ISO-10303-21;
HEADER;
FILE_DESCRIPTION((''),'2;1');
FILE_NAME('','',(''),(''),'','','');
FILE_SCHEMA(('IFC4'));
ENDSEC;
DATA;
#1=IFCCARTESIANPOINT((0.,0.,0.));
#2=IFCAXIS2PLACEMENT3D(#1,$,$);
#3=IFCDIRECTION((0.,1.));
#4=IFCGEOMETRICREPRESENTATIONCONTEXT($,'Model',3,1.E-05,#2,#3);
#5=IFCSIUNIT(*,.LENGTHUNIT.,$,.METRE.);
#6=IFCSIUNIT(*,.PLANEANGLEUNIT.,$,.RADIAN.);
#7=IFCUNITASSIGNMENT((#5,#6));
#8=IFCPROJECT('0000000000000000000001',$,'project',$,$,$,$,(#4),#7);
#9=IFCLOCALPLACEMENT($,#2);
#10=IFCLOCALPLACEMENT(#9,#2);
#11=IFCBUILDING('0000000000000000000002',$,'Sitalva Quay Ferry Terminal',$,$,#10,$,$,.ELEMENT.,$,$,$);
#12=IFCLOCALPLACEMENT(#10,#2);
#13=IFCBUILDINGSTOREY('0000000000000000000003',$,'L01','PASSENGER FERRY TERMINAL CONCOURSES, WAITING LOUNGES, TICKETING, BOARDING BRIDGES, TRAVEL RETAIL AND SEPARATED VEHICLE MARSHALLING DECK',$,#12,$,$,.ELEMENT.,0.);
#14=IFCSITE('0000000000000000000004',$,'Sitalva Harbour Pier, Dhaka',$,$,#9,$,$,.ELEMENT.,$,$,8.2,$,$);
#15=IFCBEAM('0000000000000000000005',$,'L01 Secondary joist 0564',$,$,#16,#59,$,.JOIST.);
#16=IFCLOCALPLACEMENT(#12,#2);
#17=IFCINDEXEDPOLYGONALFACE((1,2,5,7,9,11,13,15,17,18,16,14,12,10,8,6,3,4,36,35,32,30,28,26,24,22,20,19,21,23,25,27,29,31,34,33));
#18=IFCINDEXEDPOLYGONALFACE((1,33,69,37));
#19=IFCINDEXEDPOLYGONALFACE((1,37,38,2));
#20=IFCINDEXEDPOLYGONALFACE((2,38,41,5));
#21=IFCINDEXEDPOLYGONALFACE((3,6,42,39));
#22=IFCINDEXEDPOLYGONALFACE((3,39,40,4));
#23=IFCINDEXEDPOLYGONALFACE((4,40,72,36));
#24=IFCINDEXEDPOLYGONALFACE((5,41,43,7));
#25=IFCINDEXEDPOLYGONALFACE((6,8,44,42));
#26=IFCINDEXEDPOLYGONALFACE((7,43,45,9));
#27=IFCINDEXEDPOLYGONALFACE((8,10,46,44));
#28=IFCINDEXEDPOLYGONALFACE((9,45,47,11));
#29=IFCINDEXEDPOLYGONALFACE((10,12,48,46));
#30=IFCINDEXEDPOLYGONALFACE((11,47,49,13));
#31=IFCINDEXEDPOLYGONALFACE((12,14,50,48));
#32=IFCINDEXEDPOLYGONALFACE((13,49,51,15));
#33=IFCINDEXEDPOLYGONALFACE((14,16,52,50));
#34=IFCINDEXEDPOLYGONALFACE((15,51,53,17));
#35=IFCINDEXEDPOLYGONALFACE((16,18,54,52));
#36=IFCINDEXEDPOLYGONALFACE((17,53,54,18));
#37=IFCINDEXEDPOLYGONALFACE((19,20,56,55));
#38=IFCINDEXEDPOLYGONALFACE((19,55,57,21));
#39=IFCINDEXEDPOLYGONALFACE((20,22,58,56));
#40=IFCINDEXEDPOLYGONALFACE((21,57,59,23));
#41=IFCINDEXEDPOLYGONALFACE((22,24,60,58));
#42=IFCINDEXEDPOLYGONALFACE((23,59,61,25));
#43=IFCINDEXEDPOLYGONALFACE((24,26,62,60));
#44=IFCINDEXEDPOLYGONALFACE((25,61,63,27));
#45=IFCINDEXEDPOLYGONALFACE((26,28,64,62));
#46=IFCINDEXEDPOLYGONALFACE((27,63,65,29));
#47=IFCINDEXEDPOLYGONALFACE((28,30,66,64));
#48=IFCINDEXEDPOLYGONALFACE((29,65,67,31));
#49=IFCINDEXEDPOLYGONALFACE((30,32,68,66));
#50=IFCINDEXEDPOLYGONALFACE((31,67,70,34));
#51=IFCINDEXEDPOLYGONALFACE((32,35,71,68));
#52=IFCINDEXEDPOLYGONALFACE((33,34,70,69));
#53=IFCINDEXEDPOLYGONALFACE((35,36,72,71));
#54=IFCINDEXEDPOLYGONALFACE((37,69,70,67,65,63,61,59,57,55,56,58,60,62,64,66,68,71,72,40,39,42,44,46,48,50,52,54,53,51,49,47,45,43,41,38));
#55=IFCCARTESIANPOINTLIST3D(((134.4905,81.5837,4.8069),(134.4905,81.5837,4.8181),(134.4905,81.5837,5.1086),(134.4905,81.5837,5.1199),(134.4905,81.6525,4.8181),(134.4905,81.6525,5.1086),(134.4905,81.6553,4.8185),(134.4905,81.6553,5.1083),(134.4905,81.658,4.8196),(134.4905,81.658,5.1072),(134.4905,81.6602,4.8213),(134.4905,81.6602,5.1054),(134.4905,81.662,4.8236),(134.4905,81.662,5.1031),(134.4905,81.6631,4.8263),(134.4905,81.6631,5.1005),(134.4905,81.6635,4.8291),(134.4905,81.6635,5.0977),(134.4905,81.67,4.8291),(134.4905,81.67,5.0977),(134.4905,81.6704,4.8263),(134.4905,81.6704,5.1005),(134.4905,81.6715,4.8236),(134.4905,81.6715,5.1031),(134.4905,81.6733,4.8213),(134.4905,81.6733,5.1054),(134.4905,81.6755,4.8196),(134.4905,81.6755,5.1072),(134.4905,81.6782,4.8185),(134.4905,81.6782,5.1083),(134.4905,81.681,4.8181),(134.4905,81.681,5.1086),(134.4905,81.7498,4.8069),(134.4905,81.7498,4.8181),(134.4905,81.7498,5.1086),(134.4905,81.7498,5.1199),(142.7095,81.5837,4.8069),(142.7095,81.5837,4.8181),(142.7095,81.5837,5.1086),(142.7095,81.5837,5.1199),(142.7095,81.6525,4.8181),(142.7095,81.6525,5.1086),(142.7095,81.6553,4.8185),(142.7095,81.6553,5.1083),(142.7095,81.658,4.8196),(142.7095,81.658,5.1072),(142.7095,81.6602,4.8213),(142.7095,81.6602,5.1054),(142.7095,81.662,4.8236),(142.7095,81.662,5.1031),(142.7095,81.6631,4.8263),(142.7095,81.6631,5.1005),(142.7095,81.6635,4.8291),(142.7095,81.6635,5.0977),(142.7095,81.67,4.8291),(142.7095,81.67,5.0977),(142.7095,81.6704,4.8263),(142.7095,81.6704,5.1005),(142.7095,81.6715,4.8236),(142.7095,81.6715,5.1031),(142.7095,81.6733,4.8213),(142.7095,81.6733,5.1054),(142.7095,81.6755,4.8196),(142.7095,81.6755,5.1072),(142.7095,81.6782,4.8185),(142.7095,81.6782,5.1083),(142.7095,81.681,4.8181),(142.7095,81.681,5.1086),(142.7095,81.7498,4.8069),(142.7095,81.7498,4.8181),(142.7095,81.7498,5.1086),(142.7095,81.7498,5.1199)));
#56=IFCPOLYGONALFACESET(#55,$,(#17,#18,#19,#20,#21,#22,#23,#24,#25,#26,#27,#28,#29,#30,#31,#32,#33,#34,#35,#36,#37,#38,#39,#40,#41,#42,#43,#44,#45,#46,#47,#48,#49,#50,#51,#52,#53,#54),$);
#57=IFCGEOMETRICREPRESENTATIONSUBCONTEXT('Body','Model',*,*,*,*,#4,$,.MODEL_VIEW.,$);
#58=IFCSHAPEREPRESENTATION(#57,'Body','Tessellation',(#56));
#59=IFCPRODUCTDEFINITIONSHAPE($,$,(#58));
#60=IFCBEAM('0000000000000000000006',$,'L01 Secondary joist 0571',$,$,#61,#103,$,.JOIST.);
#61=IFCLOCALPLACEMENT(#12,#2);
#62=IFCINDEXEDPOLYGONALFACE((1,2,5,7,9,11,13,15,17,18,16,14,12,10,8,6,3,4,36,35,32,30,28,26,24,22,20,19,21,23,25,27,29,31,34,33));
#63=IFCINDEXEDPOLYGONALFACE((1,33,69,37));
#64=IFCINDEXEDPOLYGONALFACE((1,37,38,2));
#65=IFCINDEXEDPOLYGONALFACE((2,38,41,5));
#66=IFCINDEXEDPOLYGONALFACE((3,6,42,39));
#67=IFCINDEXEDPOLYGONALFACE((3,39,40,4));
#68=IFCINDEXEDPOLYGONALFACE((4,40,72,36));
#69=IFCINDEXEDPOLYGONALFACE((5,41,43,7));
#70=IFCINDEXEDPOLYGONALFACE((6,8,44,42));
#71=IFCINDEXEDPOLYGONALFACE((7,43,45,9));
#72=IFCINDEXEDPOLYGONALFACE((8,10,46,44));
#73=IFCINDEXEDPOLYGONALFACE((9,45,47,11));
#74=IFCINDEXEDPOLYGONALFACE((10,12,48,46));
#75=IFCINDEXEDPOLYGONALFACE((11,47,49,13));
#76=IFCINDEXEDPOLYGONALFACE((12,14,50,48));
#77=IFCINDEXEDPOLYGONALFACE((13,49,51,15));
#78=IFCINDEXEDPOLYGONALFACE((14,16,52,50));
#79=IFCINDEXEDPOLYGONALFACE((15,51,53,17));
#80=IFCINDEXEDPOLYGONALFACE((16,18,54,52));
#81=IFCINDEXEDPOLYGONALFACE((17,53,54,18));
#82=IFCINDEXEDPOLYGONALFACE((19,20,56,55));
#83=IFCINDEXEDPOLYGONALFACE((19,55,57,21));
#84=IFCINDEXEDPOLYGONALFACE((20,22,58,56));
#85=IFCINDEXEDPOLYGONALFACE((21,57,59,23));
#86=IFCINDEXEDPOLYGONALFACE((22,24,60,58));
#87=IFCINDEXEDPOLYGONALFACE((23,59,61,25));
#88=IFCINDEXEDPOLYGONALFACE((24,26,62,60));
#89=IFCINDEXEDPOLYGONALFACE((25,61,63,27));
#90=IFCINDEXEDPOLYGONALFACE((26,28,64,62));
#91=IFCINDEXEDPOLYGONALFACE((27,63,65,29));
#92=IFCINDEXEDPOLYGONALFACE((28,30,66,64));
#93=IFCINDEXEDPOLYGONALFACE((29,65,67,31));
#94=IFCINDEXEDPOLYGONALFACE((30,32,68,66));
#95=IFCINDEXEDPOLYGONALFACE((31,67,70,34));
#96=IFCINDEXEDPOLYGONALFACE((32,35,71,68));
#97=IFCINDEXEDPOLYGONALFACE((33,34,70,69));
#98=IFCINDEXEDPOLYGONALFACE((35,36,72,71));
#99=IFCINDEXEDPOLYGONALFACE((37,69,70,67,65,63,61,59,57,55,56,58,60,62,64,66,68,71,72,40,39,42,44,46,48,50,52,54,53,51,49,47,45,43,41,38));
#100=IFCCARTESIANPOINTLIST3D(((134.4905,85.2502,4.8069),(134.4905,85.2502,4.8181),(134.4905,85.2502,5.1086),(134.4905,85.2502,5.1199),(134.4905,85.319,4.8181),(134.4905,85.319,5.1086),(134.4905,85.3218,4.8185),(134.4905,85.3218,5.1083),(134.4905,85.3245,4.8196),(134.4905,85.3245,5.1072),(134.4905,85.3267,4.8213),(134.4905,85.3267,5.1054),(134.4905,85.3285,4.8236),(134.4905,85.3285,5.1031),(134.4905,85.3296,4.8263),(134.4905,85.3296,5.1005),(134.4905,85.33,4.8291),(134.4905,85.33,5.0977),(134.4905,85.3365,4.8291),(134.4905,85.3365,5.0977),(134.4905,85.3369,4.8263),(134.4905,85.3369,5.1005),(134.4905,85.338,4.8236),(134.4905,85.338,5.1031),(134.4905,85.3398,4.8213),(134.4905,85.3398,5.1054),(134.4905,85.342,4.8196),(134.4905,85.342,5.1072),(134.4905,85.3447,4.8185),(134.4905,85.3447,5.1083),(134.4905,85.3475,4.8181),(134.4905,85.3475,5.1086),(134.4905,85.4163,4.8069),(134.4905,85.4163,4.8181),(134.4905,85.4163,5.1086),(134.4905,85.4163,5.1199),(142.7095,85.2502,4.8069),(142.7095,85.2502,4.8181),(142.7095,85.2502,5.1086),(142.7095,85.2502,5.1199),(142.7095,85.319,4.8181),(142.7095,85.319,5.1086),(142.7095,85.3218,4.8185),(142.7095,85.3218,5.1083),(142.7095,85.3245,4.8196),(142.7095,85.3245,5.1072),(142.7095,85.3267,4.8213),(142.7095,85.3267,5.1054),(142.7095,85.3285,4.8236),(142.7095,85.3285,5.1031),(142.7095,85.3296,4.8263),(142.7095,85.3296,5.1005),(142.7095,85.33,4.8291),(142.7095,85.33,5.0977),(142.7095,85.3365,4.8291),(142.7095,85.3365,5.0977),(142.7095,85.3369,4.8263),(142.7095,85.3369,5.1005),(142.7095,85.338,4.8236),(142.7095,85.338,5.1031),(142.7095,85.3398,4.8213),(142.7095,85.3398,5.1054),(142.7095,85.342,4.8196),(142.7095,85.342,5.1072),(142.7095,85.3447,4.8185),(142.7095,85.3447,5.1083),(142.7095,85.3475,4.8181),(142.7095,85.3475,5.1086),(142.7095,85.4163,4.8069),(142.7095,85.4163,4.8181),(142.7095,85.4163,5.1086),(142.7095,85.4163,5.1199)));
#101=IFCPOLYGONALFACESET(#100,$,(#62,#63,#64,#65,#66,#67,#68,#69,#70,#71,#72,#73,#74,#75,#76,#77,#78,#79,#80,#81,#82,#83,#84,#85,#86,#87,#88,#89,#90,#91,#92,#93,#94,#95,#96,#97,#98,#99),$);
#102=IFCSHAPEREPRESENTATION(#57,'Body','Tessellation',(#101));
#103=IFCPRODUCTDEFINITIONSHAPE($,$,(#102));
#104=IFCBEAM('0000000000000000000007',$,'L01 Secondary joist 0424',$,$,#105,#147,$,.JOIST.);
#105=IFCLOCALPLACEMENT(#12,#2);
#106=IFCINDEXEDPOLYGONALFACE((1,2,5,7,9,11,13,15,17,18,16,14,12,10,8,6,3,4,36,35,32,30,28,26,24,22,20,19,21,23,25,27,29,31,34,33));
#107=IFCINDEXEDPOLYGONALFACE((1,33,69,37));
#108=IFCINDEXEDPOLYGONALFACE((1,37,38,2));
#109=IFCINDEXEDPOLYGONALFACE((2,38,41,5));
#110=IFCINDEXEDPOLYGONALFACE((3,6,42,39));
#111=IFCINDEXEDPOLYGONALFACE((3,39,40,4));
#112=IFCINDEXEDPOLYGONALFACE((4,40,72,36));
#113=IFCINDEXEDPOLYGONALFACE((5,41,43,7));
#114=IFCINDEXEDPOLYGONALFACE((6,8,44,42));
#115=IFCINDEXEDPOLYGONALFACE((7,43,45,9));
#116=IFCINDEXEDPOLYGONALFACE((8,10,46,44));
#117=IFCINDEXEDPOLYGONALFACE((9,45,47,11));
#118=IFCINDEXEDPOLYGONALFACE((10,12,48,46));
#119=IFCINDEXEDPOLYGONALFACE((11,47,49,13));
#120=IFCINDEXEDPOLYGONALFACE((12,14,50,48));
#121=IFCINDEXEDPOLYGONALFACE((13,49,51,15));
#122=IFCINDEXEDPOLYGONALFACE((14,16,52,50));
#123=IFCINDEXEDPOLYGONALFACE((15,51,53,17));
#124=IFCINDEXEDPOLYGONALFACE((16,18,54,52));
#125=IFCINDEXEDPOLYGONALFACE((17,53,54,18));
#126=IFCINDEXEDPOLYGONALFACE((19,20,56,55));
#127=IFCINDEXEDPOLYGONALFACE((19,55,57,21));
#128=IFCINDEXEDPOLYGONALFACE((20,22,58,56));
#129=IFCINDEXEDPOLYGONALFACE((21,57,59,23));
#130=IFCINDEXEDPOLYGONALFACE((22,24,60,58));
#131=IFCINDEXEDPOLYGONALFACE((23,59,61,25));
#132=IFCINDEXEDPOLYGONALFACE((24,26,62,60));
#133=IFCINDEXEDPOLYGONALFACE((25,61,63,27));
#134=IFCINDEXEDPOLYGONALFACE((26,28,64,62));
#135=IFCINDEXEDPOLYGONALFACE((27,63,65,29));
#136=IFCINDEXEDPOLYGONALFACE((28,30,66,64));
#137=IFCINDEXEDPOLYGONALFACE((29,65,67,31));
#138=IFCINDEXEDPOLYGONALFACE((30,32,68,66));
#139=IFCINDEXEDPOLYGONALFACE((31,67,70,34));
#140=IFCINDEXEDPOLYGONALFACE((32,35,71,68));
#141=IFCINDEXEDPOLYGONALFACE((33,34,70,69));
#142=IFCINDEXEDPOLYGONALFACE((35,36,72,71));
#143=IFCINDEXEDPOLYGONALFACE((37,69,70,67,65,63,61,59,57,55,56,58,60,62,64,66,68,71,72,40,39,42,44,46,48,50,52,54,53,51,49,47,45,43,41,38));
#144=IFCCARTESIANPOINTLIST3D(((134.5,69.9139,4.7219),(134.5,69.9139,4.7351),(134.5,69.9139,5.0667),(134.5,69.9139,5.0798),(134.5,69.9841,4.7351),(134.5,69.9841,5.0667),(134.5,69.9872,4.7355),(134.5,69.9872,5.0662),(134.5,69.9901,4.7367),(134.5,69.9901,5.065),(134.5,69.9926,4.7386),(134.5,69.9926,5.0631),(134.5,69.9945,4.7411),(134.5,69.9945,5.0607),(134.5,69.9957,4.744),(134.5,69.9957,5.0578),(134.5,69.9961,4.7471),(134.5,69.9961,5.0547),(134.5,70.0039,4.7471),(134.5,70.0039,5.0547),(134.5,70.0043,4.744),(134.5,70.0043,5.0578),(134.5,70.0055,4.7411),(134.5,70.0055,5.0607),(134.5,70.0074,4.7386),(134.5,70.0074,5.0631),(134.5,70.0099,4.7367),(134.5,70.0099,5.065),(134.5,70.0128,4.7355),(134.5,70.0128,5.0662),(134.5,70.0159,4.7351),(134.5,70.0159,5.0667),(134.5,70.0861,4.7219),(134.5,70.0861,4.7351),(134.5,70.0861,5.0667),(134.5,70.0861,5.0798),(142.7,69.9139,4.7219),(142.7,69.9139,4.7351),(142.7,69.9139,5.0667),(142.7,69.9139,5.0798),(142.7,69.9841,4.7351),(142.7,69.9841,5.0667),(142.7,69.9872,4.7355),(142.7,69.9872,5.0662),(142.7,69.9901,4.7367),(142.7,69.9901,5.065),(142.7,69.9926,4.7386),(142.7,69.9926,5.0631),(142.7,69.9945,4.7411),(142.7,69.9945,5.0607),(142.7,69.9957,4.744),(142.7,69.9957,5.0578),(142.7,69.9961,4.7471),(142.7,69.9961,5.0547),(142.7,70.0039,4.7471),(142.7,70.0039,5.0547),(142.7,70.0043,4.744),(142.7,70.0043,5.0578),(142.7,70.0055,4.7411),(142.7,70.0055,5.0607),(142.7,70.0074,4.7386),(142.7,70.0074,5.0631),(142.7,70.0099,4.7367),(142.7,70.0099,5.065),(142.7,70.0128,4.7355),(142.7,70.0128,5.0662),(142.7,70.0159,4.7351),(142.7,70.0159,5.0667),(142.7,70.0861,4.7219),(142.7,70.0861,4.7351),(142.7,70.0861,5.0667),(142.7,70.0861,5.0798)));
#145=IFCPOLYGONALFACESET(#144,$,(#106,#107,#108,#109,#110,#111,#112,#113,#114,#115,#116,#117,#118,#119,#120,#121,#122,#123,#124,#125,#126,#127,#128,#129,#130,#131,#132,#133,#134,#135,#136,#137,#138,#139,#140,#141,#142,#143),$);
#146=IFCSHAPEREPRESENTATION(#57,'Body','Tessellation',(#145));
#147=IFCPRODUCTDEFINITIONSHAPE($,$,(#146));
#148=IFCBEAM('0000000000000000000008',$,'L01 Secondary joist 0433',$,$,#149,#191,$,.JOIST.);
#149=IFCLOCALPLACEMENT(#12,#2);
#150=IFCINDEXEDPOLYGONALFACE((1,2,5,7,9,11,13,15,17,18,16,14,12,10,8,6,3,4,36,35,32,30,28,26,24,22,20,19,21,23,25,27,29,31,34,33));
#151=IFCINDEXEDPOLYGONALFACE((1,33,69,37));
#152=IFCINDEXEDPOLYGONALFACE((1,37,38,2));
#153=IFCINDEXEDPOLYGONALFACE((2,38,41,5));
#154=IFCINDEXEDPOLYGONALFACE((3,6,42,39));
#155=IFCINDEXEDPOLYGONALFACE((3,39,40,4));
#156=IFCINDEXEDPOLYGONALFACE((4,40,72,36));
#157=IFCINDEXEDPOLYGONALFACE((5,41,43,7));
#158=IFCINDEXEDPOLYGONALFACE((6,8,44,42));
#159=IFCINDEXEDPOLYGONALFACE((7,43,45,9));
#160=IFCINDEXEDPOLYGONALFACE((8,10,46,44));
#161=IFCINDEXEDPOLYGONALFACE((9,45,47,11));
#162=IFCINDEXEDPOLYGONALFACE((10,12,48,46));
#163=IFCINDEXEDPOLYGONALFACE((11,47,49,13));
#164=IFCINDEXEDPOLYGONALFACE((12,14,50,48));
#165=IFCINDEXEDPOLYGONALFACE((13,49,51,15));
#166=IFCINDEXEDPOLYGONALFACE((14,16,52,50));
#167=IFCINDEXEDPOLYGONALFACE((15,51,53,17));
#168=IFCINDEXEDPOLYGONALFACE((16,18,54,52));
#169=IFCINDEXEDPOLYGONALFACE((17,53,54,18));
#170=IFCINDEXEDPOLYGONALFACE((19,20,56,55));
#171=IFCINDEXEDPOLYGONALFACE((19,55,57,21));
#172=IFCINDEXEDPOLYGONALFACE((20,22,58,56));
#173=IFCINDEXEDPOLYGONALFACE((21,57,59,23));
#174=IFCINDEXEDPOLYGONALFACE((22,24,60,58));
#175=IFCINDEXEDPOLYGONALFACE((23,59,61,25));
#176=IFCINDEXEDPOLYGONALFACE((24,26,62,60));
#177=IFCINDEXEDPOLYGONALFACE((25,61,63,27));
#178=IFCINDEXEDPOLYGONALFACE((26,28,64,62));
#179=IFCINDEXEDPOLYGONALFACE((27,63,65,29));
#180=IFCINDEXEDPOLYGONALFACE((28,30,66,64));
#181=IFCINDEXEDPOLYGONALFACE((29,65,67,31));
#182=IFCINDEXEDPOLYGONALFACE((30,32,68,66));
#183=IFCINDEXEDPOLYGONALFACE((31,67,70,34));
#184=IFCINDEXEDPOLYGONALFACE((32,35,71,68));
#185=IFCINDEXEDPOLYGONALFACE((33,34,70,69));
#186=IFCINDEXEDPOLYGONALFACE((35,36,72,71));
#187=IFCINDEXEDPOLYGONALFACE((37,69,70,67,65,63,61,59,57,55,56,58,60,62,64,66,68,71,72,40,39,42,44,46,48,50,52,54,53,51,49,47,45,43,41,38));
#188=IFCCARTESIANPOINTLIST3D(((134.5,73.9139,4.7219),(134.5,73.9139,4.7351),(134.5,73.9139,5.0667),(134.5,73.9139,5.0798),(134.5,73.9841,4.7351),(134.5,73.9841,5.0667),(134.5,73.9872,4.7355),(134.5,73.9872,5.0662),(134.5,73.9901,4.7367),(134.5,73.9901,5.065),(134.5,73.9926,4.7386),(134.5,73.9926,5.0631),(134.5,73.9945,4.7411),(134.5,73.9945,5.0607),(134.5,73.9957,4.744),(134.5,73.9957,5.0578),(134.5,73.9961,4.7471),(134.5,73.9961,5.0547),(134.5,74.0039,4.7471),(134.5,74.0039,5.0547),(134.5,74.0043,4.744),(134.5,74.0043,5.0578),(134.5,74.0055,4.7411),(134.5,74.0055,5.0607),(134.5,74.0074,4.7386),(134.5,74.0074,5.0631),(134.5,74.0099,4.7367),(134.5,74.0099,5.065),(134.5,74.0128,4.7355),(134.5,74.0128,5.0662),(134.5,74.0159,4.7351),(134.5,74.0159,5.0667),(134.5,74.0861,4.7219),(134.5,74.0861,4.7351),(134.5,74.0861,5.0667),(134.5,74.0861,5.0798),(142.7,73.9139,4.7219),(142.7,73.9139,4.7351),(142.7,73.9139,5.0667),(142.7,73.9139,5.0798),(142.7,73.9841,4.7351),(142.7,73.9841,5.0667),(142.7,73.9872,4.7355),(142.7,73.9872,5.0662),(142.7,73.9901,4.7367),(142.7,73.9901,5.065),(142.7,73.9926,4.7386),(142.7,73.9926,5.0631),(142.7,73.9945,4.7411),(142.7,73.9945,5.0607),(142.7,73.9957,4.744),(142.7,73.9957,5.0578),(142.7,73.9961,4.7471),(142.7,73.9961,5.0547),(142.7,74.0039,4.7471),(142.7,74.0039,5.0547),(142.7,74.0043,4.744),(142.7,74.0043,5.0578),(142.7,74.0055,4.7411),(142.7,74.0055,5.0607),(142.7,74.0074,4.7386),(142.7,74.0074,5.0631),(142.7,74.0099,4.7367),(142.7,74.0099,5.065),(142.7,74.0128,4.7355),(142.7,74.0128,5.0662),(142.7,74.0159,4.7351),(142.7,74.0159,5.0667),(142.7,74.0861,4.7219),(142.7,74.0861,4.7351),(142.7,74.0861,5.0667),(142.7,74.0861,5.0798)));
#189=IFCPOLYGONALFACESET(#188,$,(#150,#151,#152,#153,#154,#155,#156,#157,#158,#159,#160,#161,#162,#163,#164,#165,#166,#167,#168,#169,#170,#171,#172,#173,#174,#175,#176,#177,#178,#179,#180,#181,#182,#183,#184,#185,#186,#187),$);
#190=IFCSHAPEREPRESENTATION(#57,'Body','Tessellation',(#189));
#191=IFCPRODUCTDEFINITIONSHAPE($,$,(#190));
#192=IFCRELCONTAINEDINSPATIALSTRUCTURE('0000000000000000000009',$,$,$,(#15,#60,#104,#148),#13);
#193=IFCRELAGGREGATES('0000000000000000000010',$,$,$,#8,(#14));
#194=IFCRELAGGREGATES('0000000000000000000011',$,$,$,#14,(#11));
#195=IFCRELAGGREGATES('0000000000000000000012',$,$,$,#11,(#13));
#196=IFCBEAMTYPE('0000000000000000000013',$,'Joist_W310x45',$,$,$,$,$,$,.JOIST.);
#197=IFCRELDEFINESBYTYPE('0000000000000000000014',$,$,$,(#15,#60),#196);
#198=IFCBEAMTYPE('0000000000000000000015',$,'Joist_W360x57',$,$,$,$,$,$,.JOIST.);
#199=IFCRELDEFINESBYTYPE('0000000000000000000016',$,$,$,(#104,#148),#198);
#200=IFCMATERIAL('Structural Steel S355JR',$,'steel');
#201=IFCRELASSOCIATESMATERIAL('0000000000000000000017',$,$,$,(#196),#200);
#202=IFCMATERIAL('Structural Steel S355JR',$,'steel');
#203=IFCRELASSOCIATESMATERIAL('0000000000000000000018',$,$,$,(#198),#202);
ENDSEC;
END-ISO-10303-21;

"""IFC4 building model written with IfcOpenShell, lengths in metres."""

from ifc_helpers import new_model, si_unit, direction, frame, origin, origin_2d, place, context, subcontext, project, spatial, i_section, extrude, material, material_profile, profile_set, type_object, element, save


model = new_model("IFC4")

# Units and contexts
model_context = context("Model", 3, precision=1e-05, world=origin(), true_north=direction((0.0, 1.0)))
body_context = subcontext(model_context, "Body", "Model", "MODEL_VIEW")
ifc_project = project(units=[si_unit("LENGTHUNIT", "METRE"), si_unit("PLANEANGLEUNIT", "RADIAN")], contexts=[model_context])

# Site, building, storey
site_placement = place(None, origin())
site = spatial("IfcSite", under=ifc_project, at=site_placement, Name="Sitalva Harbour Pier, Dhaka", CompositionType="ELEMENT", RefElevation=8.2)
building_placement = place(site_placement, origin())
building = spatial("IfcBuilding", under=site, at=building_placement, Name="Sitalva Quay Ferry Terminal", CompositionType="ELEMENT")
storey_placement = place(building_placement, origin())
storey = spatial("IfcBuildingStorey", under=building, at=storey_placement, Name="L01", Description="PASSENGER FERRY TERMINAL CONCOURSES, WAITING LOUNGES, TICKETING, BOARDING BRIDGES, TRAVEL RETAIL AND SEPARATED VEHICLE MARSHALLING DECK", CompositionType="ELEMENT", Elevation=0.0)

# Beams
ifc_material_1 = material(Name="Structural Steel S355JR", Category="steel")
ifc_material_profile_1 = material_profile(ifc_material_1, i_section(OverallWidth=0.166, OverallDepth=0.313, WebThickness=0.0066, FlangeThickness=0.0112, FilletRadius=0.011, at=origin_2d()), Name="W310x45")
ifc_profile_set_1 = profile_set([ifc_material_profile_1], Name="Structural Steel S355JR")
beam_type_1 = type_object("IfcBeamType", Name="Joist_W310x45", PredefinedType="JOIST", material=ifc_profile_set_1)
for number, where, z_axis, x_axis, name in (
    (1, (134.4905, 81.6667, 4.9634), (1.0, 0.0, 0.0), (0.0, 1.0, 0.0), "L01 Secondary joist 0564"),
    (2, (134.4905, 85.3333, 4.9634), (1.0, 0.0, 0.0), (0.0, 1.0, 0.0), "L01 Secondary joist 0571"),
):
    element("IfcBeam", number, at=place(storey_placement, frame(where, z_axis=z_axis, x_axis=x_axis)), inside=storey, type_object=beam_type_1, Name=name, PredefinedType="JOIST", context=body_context, shape_type="SweptSolid", body=[
        extrude(i_section(OverallWidth=0.166, OverallDepth=0.313, WebThickness=0.0066, FlangeThickness=0.0112, FilletRadius=0.011, at=origin_2d()), origin(), (0.0, 0.0, 1.0), 8.219),
    ])
ifc_material_2 = material(Name="Structural Steel S355JR", Category="steel")
ifc_material_profile_2 = material_profile(ifc_material_2, i_section(OverallWidth=0.1721, OverallDepth=0.3579, WebThickness=0.0078, FlangeThickness=0.0132, FilletRadius=0.012, at=origin_2d()), Name="W360x57")
ifc_profile_set_2 = profile_set([ifc_material_profile_2], Name="Structural Steel S355JR")
beam_type_2 = type_object("IfcBeamType", Name="Joist_W360x57", PredefinedType="JOIST", material=ifc_profile_set_2)
for number, where, z_axis, x_axis, name in (
    (3, (134.5, 70.0, 4.9009), (1.0, 0.0, 0.0), (0.0, 1.0, 0.0), "L01 Secondary joist 0424"),
    (4, (134.5, 74.0, 4.9009), (1.0, 0.0, 0.0), (0.0, 1.0, 0.0), "L01 Secondary joist 0433"),
):
    element("IfcBeam", number, at=place(storey_placement, frame(where, z_axis=z_axis, x_axis=x_axis)), inside=storey, type_object=beam_type_2, Name=name, PredefinedType="JOIST", context=body_context, shape_type="SweptSolid", body=[
        extrude(i_section(OverallWidth=0.1721, OverallDepth=0.3579, WebThickness=0.0078, FlangeThickness=0.0132, FilletRadius=0.012, at=origin_2d()), origin(), (0.0, 0.0, 1.0), 8.2),
    ])

save(model, "model.ifc")
